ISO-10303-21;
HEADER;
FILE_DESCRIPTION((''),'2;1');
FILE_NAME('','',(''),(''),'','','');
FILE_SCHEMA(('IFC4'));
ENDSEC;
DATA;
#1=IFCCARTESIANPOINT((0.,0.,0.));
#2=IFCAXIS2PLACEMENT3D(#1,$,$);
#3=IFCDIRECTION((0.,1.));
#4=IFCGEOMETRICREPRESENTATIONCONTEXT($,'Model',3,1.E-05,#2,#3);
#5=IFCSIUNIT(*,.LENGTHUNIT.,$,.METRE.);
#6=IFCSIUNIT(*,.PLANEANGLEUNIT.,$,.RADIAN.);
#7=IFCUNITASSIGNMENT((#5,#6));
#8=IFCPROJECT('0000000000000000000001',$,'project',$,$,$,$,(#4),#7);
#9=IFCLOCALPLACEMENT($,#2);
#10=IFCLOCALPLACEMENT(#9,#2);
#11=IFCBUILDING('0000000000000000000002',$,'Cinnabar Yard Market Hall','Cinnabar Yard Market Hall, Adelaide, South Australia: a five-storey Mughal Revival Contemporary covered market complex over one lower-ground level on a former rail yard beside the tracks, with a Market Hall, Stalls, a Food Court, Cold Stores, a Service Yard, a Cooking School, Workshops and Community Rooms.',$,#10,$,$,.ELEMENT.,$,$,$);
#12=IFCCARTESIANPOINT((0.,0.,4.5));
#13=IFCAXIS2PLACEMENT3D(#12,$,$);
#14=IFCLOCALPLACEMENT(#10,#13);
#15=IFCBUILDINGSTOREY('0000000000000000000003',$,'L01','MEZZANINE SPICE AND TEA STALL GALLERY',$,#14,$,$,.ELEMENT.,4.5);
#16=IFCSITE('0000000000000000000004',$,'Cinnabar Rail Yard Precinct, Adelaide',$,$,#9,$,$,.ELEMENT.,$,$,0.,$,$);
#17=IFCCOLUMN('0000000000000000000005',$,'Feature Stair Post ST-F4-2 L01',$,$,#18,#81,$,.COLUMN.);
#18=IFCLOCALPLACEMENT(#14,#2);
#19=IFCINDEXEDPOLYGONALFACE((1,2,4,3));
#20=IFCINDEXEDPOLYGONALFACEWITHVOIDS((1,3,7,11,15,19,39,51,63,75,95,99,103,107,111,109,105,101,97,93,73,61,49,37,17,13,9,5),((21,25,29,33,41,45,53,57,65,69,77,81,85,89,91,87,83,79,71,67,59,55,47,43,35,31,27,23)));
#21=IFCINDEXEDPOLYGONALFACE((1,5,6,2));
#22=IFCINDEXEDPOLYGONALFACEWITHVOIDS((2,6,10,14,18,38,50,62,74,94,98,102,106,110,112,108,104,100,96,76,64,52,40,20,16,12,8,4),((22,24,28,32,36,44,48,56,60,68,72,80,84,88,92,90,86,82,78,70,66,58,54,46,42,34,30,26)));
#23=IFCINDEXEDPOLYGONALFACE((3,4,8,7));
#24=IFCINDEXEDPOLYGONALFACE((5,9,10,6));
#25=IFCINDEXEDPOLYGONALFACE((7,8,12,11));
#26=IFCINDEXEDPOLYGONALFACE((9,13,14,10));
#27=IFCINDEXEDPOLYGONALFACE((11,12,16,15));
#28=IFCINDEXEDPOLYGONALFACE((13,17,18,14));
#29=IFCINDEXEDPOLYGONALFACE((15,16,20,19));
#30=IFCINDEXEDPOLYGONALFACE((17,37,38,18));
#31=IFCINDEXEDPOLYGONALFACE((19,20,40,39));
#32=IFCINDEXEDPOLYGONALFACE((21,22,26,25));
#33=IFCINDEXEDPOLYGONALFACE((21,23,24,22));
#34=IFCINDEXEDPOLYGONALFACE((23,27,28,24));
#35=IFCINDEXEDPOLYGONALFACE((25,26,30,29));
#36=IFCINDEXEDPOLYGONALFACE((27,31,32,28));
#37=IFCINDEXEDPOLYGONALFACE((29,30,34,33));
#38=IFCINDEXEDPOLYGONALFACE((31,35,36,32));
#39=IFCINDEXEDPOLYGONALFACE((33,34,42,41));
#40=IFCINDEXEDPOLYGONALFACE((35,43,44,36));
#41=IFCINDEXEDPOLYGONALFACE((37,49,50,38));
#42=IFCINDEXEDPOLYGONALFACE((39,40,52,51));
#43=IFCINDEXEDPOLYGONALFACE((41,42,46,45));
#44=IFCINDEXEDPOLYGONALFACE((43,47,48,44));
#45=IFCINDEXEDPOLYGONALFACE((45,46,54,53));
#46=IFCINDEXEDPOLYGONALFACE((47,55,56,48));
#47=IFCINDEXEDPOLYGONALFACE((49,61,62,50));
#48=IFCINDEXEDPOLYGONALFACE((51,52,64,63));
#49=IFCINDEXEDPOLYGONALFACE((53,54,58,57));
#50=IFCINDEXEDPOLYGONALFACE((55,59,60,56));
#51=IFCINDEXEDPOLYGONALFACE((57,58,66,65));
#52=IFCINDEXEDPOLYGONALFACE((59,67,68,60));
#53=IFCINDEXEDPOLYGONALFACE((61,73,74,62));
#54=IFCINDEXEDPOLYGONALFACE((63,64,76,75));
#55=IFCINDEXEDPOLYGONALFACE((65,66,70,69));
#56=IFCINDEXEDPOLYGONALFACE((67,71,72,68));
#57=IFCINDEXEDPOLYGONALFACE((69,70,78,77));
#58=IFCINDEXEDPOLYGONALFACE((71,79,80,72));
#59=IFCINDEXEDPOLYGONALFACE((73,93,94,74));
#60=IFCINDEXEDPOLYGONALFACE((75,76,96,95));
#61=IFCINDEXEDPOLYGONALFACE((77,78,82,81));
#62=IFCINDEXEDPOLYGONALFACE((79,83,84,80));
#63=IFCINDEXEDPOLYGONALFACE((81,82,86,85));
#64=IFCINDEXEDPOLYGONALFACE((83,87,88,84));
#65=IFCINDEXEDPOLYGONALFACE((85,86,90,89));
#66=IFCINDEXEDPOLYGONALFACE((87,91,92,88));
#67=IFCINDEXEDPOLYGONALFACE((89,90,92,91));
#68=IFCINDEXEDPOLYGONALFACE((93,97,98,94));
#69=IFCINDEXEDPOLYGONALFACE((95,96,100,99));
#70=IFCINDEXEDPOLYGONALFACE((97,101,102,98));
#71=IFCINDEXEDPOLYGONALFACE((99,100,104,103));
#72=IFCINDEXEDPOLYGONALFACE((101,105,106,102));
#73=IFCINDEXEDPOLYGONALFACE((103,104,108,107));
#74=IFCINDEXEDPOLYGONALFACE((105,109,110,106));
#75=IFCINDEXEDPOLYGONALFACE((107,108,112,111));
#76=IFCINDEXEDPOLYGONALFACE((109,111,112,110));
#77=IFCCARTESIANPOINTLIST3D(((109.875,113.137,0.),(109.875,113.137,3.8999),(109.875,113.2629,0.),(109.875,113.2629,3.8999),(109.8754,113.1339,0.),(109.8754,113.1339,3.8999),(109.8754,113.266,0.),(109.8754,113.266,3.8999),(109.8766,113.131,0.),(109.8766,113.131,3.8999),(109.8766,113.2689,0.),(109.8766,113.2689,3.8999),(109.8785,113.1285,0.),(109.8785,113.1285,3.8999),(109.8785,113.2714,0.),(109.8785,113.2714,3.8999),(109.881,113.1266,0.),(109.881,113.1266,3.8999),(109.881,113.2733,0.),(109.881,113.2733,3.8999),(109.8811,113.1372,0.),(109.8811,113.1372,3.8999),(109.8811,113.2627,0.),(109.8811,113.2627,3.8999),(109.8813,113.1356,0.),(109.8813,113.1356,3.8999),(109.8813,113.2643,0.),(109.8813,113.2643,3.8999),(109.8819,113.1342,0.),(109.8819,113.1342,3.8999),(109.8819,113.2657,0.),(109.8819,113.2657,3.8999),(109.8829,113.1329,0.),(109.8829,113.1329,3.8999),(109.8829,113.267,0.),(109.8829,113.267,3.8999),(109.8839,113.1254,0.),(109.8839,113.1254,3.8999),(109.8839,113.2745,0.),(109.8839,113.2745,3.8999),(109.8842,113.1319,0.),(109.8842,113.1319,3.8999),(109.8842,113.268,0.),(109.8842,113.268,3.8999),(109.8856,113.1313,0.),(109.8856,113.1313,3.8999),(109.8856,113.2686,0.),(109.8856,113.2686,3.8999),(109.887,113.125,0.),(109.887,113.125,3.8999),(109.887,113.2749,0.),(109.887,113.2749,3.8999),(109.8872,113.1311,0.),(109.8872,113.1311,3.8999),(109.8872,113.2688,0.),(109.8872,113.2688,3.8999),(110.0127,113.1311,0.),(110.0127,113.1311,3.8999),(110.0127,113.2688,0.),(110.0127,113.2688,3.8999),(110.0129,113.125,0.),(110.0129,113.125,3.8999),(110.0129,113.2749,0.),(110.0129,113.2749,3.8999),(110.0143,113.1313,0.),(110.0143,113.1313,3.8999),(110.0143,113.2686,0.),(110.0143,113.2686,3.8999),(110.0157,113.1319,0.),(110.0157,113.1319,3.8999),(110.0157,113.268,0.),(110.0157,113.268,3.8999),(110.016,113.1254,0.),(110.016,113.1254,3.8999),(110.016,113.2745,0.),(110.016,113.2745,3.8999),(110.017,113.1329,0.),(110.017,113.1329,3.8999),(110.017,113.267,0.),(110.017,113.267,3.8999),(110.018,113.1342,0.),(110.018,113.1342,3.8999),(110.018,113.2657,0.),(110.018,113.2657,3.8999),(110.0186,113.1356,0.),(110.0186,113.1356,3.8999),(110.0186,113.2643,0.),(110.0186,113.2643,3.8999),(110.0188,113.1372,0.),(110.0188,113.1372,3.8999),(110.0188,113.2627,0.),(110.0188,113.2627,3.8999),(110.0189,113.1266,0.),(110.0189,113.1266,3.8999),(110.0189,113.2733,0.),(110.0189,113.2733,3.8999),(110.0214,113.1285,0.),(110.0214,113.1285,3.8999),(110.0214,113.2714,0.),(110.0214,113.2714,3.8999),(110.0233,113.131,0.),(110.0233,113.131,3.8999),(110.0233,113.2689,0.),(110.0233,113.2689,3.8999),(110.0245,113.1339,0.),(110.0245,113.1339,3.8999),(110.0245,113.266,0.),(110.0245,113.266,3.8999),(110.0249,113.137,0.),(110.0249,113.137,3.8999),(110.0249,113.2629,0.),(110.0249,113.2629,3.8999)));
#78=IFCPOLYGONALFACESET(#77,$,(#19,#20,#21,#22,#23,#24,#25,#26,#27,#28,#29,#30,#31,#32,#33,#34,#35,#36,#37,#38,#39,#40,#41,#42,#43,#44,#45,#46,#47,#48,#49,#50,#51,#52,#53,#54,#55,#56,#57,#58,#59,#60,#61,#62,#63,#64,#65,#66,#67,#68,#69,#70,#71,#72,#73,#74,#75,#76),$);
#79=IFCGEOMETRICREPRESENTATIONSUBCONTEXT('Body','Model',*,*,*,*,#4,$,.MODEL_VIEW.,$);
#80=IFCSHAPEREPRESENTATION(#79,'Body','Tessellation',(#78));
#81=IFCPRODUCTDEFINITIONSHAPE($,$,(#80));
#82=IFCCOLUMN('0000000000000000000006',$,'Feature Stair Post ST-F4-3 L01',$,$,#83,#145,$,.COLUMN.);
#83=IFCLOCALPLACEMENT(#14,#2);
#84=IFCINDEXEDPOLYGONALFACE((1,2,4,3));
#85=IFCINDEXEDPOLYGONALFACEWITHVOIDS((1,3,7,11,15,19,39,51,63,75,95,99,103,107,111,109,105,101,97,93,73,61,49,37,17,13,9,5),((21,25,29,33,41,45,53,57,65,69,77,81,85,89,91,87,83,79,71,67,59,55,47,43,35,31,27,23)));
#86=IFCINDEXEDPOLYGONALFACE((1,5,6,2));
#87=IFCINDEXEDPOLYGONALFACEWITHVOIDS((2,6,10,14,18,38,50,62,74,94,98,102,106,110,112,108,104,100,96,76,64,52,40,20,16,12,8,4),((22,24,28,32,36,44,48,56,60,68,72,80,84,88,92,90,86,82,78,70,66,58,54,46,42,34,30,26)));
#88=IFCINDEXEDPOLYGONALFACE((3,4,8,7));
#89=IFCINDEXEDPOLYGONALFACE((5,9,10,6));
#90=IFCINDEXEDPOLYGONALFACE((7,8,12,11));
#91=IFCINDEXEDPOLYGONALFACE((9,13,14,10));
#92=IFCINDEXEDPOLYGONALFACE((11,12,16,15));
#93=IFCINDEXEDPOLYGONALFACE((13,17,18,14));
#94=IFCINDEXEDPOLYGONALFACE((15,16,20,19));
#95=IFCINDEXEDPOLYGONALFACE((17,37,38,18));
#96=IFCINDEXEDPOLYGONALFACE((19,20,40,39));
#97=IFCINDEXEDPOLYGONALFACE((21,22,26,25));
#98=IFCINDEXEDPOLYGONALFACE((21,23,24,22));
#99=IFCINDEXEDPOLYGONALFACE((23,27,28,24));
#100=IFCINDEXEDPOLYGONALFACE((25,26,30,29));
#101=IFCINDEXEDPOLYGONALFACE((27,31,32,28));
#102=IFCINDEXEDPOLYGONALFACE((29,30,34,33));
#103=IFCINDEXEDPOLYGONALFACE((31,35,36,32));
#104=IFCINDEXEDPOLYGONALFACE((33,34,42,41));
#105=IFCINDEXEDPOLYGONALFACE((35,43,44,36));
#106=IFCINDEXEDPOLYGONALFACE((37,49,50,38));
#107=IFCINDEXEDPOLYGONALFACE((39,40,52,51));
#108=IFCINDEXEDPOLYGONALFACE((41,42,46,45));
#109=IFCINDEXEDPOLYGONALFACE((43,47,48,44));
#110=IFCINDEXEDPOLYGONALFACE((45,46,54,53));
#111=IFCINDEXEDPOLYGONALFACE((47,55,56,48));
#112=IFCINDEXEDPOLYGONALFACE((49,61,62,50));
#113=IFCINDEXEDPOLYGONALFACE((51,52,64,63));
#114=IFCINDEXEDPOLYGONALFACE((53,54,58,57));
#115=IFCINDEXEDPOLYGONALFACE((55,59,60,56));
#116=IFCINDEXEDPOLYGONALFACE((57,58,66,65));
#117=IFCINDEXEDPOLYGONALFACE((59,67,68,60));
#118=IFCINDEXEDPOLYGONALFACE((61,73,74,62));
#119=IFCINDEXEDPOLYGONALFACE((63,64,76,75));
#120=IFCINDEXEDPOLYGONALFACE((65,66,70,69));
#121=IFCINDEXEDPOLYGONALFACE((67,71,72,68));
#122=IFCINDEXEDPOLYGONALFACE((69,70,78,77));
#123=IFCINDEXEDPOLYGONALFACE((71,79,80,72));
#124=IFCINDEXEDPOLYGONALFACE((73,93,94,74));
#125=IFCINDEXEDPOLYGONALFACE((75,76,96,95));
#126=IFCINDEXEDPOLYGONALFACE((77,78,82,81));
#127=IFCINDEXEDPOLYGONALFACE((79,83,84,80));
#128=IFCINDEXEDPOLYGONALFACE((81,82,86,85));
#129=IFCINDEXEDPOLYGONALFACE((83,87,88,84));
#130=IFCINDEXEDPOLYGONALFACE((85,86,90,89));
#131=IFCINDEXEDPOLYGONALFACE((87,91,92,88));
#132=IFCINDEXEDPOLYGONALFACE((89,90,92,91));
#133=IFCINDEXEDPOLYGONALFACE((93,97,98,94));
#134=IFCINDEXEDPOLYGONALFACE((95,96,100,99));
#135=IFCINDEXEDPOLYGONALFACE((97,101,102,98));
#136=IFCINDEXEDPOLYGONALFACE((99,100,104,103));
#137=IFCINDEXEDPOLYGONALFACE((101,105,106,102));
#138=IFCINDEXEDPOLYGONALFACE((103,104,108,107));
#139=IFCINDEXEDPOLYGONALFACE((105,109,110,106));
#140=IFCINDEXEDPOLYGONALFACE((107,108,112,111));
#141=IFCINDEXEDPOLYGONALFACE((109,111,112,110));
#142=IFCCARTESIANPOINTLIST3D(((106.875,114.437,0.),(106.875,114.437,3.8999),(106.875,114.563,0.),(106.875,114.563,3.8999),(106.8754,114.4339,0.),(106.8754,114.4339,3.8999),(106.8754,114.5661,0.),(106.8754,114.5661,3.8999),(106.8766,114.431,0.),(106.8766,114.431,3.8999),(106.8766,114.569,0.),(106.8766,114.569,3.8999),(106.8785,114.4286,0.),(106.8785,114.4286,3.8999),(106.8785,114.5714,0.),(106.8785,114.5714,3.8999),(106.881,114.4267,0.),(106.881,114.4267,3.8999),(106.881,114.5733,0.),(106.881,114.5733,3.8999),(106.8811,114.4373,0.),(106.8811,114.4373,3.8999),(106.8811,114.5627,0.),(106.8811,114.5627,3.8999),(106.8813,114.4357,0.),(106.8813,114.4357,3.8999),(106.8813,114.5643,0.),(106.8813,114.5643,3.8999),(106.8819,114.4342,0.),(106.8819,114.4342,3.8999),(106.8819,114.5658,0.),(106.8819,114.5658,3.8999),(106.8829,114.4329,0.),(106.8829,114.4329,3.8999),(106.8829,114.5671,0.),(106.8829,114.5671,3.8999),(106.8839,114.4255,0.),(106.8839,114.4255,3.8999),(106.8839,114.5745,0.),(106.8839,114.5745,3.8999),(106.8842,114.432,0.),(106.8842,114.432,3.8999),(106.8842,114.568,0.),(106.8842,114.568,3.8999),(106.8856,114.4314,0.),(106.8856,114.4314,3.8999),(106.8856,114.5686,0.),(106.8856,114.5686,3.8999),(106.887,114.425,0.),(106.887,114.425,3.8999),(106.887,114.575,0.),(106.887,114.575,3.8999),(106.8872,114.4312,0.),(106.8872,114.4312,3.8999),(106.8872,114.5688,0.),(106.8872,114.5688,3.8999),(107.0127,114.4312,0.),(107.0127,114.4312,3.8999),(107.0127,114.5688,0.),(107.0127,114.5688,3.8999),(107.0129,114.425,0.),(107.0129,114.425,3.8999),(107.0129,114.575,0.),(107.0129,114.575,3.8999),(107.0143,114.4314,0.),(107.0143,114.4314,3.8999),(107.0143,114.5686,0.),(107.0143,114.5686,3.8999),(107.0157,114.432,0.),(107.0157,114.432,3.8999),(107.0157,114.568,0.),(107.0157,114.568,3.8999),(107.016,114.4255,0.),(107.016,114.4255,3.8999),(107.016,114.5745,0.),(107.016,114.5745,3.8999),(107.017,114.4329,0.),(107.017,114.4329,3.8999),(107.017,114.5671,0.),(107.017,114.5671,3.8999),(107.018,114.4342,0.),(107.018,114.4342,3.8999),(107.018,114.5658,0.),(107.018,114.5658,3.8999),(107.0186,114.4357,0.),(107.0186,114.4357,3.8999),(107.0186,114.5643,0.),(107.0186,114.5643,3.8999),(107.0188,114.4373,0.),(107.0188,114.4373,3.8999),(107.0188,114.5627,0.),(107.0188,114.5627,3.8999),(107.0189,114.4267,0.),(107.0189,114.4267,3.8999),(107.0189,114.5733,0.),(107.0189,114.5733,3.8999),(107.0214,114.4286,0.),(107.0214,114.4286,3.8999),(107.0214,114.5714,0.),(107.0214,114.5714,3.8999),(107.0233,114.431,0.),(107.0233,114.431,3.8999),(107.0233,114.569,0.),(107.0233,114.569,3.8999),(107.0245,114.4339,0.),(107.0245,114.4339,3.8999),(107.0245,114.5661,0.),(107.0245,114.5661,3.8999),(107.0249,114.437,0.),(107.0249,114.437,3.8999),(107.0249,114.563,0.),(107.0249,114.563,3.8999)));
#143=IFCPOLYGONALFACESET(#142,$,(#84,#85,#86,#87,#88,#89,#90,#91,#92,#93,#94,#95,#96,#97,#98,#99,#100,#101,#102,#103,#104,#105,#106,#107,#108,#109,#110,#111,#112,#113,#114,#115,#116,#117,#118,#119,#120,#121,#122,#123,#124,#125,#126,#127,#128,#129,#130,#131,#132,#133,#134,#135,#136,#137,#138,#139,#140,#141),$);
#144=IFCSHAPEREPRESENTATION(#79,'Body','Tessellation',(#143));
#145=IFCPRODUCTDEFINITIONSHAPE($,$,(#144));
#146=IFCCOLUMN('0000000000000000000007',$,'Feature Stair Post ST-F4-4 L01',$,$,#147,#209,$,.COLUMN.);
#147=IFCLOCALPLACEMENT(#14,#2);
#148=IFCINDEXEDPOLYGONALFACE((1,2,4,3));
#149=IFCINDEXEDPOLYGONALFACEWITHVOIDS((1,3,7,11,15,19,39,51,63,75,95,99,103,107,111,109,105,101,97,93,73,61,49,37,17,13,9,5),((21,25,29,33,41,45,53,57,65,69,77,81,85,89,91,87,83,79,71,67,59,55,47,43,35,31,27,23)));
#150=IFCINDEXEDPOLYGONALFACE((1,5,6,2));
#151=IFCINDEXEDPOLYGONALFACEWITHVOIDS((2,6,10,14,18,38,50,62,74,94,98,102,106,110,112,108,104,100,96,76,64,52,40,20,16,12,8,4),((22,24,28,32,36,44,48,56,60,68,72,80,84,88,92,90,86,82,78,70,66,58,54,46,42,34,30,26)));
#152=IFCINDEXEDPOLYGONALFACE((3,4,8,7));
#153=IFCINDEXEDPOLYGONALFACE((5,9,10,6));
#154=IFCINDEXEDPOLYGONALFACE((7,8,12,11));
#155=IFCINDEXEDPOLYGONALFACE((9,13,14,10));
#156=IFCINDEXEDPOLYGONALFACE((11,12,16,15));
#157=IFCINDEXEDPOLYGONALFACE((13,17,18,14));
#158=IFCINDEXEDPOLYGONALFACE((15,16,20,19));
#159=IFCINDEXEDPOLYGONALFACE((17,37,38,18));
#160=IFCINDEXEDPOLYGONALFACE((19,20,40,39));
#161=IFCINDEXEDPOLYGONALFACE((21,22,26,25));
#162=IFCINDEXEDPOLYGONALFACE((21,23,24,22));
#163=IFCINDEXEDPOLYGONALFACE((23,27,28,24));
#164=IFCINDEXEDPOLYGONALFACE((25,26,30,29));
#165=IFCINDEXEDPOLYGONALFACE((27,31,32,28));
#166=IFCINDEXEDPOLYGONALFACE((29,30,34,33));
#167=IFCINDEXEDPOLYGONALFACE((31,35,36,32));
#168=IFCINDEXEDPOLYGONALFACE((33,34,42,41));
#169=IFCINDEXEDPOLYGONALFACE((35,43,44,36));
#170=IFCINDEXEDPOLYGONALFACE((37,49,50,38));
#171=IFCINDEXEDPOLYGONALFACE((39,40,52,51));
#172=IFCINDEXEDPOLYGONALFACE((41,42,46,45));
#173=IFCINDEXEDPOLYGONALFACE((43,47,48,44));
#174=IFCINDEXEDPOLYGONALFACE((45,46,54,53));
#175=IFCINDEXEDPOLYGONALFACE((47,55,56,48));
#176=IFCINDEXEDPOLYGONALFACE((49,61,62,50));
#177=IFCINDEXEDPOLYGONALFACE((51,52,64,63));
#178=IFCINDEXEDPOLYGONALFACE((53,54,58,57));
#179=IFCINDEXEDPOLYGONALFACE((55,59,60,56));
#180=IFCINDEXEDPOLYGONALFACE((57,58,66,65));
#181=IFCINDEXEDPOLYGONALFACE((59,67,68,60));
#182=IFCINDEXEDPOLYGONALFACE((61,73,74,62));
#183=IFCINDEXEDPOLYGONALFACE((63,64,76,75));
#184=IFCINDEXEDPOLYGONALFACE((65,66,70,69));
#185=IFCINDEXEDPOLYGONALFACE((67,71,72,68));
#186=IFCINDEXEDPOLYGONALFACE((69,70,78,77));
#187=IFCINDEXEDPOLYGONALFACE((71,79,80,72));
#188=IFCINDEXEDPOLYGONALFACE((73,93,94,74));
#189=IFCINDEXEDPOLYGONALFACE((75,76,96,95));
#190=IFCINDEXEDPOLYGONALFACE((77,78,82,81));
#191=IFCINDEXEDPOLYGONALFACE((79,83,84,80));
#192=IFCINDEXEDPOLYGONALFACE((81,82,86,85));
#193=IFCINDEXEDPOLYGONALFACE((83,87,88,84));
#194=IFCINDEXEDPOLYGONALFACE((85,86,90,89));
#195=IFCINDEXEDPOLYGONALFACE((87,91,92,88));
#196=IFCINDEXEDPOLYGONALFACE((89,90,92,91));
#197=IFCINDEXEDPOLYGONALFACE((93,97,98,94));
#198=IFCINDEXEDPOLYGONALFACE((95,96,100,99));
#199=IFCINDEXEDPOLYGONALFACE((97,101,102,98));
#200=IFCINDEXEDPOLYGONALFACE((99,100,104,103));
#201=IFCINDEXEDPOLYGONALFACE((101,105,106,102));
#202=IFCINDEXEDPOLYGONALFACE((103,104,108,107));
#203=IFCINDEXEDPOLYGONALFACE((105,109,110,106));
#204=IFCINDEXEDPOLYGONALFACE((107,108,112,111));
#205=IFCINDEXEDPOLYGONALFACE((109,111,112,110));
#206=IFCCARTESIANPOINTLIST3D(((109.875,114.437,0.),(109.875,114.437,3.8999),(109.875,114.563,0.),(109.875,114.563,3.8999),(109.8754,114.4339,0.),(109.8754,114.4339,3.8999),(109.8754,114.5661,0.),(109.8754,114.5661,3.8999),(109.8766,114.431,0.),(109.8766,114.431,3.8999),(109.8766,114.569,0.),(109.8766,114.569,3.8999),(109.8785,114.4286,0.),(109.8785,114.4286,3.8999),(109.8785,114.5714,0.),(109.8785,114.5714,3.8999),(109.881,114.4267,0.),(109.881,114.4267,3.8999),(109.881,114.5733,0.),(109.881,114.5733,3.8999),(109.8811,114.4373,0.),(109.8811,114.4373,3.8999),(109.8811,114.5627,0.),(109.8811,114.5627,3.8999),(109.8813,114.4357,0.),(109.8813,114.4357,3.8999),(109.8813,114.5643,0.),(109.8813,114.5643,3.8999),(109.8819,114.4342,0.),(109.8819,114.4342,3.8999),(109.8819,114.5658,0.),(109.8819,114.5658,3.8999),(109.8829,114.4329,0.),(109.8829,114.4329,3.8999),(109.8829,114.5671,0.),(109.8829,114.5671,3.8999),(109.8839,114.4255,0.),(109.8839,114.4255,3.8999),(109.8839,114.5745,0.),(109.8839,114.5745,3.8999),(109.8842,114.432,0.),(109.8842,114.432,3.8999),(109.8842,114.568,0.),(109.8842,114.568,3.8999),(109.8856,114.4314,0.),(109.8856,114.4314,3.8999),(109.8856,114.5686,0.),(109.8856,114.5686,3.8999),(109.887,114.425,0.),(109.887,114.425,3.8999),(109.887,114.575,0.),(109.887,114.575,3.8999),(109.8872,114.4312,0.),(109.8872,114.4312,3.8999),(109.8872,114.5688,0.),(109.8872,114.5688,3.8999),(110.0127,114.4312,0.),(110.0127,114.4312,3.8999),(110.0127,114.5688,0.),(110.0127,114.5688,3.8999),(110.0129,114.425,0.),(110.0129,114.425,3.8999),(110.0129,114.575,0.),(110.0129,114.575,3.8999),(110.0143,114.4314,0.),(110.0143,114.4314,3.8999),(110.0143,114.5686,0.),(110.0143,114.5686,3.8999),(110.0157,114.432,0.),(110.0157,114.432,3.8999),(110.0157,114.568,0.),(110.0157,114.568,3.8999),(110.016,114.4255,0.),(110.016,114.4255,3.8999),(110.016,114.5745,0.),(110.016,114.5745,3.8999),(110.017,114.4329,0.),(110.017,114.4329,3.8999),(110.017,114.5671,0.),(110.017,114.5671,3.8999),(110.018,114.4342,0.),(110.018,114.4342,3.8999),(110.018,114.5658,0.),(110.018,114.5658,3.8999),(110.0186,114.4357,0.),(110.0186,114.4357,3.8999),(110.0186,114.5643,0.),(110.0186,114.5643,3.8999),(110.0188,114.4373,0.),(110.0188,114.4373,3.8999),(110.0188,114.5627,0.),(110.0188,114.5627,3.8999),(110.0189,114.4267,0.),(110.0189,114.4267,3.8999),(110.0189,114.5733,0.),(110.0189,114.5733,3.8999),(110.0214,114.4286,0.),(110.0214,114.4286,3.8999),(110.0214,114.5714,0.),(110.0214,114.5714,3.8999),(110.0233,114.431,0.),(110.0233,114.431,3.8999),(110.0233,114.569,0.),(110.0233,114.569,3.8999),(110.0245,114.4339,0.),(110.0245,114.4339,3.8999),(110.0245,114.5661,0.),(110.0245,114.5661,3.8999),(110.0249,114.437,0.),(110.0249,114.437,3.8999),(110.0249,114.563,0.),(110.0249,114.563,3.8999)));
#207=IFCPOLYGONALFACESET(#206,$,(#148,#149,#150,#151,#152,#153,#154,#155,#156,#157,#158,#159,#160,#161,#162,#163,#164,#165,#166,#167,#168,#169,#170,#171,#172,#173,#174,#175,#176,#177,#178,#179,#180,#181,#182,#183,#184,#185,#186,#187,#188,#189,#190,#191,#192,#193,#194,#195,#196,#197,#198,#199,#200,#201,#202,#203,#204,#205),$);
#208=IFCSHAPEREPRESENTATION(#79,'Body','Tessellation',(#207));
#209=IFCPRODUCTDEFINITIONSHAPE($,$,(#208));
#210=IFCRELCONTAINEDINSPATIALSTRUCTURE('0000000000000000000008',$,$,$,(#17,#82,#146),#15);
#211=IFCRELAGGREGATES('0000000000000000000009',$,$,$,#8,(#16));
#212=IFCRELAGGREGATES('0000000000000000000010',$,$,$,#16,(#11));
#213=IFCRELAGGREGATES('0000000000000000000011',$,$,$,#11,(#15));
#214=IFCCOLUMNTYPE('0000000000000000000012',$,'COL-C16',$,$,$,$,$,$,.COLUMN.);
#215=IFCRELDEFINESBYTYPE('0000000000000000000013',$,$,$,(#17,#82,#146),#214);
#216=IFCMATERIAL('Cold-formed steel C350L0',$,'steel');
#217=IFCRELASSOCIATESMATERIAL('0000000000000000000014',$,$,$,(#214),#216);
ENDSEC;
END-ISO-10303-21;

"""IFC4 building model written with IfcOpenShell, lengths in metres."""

from ifc_helpers import new_model, si_unit, direction, frame, origin, origin_2d_with_axis, place, context, subcontext, project, spatial, hollow_rectangle, extrude, material, material_profile, profile_set, type_object, element, save


model = new_model("IFC4")

# Units and contexts
model_context = context("Model", 3, precision=1e-05, world=origin(), true_north=direction((0.0, 1.0)))
body_context = subcontext(model_context, "Body", "Model", "MODEL_VIEW")
ifc_project = project(units=[si_unit("LENGTHUNIT", "METRE"), si_unit("PLANEANGLEUNIT", "RADIAN")], contexts=[model_context])

# Site, building, storey
site_placement = place(None, origin())
site = spatial("IfcSite", under=ifc_project, at=site_placement, Name="Cinnabar Rail Yard Precinct, Adelaide", CompositionType="ELEMENT", RefElevation=0.0)
building_placement = place(site_placement, origin())
building = spatial("IfcBuilding", under=site, at=building_placement, Name="Cinnabar Yard Market Hall", Description="Cinnabar Yard Market Hall, Adelaide, South Australia: a five-storey Mughal Revival Contemporary covered market complex over one lower-ground level on a former rail yard beside the tracks, with a Market Hall, Stalls, a Food Court, Cold Stores, a Service Yard, a Cooking School, Workshops and Community Rooms.", CompositionType="ELEMENT")
storey_placement = place(building_placement, frame((0.0, 0.0, 4.5)))
storey = spatial("IfcBuildingStorey", under=building, at=storey_placement, Name="L01", Description="MEZZANINE SPICE AND TEA STALL GALLERY", CompositionType="ELEMENT", Elevation=4.5)

# Columns
ifc_material_1 = material(Name="Cold-formed steel C350L0", Category="steel")
ifc_material_profile_1 = material_profile(ifc_material_1, hollow_rectangle(XDim=0.1499, YDim=0.1499, WallThickness=0.0061, InnerFilletRadius=0.0061, OuterFilletRadius=0.012, at=origin_2d_with_axis()), Name="150x150x6.0SHS")
ifc_profile_set_1 = profile_set([ifc_material_profile_1], Name="Cold-formed steel C350L0")
column_type_1 = type_object("IfcColumnType", Name="COL-C16", PredefinedType="COLUMN", material=ifc_profile_set_1)
for number, where, z_axis, x_axis, name in (
    (1, (109.95, 113.2, 0.0), (0.0, 0.0, 1.0), (1.0, 0.0, 0.0), "Feature Stair Post ST-F4-2 L01"),
    (2, (106.95, 114.5, 0.0), (0.0, 0.0, 1.0), (1.0, 0.0, 0.0), "Feature Stair Post ST-F4-3 L01"),
    (3, (109.95, 114.5, 0.0), (0.0, 0.0, 1.0), (1.0, 0.0, 0.0), "Feature Stair Post ST-F4-4 L01"),
):
    element("IfcColumn", number, at=place(storey_placement, frame(where, z_axis=z_axis, x_axis=x_axis)), inside=storey, type_object=column_type_1, Name=name, PredefinedType="COLUMN", context=body_context, shape_type="SweptSolid", body=[
        extrude(hollow_rectangle(XDim=0.1499, YDim=0.1499, WallThickness=0.0061, InnerFilletRadius=0.0061, OuterFilletRadius=0.012, at=origin_2d_with_axis()), origin(), (0.0, 0.0, 1.0), 3.8999),
    ])

save(model, "model.ifc")
